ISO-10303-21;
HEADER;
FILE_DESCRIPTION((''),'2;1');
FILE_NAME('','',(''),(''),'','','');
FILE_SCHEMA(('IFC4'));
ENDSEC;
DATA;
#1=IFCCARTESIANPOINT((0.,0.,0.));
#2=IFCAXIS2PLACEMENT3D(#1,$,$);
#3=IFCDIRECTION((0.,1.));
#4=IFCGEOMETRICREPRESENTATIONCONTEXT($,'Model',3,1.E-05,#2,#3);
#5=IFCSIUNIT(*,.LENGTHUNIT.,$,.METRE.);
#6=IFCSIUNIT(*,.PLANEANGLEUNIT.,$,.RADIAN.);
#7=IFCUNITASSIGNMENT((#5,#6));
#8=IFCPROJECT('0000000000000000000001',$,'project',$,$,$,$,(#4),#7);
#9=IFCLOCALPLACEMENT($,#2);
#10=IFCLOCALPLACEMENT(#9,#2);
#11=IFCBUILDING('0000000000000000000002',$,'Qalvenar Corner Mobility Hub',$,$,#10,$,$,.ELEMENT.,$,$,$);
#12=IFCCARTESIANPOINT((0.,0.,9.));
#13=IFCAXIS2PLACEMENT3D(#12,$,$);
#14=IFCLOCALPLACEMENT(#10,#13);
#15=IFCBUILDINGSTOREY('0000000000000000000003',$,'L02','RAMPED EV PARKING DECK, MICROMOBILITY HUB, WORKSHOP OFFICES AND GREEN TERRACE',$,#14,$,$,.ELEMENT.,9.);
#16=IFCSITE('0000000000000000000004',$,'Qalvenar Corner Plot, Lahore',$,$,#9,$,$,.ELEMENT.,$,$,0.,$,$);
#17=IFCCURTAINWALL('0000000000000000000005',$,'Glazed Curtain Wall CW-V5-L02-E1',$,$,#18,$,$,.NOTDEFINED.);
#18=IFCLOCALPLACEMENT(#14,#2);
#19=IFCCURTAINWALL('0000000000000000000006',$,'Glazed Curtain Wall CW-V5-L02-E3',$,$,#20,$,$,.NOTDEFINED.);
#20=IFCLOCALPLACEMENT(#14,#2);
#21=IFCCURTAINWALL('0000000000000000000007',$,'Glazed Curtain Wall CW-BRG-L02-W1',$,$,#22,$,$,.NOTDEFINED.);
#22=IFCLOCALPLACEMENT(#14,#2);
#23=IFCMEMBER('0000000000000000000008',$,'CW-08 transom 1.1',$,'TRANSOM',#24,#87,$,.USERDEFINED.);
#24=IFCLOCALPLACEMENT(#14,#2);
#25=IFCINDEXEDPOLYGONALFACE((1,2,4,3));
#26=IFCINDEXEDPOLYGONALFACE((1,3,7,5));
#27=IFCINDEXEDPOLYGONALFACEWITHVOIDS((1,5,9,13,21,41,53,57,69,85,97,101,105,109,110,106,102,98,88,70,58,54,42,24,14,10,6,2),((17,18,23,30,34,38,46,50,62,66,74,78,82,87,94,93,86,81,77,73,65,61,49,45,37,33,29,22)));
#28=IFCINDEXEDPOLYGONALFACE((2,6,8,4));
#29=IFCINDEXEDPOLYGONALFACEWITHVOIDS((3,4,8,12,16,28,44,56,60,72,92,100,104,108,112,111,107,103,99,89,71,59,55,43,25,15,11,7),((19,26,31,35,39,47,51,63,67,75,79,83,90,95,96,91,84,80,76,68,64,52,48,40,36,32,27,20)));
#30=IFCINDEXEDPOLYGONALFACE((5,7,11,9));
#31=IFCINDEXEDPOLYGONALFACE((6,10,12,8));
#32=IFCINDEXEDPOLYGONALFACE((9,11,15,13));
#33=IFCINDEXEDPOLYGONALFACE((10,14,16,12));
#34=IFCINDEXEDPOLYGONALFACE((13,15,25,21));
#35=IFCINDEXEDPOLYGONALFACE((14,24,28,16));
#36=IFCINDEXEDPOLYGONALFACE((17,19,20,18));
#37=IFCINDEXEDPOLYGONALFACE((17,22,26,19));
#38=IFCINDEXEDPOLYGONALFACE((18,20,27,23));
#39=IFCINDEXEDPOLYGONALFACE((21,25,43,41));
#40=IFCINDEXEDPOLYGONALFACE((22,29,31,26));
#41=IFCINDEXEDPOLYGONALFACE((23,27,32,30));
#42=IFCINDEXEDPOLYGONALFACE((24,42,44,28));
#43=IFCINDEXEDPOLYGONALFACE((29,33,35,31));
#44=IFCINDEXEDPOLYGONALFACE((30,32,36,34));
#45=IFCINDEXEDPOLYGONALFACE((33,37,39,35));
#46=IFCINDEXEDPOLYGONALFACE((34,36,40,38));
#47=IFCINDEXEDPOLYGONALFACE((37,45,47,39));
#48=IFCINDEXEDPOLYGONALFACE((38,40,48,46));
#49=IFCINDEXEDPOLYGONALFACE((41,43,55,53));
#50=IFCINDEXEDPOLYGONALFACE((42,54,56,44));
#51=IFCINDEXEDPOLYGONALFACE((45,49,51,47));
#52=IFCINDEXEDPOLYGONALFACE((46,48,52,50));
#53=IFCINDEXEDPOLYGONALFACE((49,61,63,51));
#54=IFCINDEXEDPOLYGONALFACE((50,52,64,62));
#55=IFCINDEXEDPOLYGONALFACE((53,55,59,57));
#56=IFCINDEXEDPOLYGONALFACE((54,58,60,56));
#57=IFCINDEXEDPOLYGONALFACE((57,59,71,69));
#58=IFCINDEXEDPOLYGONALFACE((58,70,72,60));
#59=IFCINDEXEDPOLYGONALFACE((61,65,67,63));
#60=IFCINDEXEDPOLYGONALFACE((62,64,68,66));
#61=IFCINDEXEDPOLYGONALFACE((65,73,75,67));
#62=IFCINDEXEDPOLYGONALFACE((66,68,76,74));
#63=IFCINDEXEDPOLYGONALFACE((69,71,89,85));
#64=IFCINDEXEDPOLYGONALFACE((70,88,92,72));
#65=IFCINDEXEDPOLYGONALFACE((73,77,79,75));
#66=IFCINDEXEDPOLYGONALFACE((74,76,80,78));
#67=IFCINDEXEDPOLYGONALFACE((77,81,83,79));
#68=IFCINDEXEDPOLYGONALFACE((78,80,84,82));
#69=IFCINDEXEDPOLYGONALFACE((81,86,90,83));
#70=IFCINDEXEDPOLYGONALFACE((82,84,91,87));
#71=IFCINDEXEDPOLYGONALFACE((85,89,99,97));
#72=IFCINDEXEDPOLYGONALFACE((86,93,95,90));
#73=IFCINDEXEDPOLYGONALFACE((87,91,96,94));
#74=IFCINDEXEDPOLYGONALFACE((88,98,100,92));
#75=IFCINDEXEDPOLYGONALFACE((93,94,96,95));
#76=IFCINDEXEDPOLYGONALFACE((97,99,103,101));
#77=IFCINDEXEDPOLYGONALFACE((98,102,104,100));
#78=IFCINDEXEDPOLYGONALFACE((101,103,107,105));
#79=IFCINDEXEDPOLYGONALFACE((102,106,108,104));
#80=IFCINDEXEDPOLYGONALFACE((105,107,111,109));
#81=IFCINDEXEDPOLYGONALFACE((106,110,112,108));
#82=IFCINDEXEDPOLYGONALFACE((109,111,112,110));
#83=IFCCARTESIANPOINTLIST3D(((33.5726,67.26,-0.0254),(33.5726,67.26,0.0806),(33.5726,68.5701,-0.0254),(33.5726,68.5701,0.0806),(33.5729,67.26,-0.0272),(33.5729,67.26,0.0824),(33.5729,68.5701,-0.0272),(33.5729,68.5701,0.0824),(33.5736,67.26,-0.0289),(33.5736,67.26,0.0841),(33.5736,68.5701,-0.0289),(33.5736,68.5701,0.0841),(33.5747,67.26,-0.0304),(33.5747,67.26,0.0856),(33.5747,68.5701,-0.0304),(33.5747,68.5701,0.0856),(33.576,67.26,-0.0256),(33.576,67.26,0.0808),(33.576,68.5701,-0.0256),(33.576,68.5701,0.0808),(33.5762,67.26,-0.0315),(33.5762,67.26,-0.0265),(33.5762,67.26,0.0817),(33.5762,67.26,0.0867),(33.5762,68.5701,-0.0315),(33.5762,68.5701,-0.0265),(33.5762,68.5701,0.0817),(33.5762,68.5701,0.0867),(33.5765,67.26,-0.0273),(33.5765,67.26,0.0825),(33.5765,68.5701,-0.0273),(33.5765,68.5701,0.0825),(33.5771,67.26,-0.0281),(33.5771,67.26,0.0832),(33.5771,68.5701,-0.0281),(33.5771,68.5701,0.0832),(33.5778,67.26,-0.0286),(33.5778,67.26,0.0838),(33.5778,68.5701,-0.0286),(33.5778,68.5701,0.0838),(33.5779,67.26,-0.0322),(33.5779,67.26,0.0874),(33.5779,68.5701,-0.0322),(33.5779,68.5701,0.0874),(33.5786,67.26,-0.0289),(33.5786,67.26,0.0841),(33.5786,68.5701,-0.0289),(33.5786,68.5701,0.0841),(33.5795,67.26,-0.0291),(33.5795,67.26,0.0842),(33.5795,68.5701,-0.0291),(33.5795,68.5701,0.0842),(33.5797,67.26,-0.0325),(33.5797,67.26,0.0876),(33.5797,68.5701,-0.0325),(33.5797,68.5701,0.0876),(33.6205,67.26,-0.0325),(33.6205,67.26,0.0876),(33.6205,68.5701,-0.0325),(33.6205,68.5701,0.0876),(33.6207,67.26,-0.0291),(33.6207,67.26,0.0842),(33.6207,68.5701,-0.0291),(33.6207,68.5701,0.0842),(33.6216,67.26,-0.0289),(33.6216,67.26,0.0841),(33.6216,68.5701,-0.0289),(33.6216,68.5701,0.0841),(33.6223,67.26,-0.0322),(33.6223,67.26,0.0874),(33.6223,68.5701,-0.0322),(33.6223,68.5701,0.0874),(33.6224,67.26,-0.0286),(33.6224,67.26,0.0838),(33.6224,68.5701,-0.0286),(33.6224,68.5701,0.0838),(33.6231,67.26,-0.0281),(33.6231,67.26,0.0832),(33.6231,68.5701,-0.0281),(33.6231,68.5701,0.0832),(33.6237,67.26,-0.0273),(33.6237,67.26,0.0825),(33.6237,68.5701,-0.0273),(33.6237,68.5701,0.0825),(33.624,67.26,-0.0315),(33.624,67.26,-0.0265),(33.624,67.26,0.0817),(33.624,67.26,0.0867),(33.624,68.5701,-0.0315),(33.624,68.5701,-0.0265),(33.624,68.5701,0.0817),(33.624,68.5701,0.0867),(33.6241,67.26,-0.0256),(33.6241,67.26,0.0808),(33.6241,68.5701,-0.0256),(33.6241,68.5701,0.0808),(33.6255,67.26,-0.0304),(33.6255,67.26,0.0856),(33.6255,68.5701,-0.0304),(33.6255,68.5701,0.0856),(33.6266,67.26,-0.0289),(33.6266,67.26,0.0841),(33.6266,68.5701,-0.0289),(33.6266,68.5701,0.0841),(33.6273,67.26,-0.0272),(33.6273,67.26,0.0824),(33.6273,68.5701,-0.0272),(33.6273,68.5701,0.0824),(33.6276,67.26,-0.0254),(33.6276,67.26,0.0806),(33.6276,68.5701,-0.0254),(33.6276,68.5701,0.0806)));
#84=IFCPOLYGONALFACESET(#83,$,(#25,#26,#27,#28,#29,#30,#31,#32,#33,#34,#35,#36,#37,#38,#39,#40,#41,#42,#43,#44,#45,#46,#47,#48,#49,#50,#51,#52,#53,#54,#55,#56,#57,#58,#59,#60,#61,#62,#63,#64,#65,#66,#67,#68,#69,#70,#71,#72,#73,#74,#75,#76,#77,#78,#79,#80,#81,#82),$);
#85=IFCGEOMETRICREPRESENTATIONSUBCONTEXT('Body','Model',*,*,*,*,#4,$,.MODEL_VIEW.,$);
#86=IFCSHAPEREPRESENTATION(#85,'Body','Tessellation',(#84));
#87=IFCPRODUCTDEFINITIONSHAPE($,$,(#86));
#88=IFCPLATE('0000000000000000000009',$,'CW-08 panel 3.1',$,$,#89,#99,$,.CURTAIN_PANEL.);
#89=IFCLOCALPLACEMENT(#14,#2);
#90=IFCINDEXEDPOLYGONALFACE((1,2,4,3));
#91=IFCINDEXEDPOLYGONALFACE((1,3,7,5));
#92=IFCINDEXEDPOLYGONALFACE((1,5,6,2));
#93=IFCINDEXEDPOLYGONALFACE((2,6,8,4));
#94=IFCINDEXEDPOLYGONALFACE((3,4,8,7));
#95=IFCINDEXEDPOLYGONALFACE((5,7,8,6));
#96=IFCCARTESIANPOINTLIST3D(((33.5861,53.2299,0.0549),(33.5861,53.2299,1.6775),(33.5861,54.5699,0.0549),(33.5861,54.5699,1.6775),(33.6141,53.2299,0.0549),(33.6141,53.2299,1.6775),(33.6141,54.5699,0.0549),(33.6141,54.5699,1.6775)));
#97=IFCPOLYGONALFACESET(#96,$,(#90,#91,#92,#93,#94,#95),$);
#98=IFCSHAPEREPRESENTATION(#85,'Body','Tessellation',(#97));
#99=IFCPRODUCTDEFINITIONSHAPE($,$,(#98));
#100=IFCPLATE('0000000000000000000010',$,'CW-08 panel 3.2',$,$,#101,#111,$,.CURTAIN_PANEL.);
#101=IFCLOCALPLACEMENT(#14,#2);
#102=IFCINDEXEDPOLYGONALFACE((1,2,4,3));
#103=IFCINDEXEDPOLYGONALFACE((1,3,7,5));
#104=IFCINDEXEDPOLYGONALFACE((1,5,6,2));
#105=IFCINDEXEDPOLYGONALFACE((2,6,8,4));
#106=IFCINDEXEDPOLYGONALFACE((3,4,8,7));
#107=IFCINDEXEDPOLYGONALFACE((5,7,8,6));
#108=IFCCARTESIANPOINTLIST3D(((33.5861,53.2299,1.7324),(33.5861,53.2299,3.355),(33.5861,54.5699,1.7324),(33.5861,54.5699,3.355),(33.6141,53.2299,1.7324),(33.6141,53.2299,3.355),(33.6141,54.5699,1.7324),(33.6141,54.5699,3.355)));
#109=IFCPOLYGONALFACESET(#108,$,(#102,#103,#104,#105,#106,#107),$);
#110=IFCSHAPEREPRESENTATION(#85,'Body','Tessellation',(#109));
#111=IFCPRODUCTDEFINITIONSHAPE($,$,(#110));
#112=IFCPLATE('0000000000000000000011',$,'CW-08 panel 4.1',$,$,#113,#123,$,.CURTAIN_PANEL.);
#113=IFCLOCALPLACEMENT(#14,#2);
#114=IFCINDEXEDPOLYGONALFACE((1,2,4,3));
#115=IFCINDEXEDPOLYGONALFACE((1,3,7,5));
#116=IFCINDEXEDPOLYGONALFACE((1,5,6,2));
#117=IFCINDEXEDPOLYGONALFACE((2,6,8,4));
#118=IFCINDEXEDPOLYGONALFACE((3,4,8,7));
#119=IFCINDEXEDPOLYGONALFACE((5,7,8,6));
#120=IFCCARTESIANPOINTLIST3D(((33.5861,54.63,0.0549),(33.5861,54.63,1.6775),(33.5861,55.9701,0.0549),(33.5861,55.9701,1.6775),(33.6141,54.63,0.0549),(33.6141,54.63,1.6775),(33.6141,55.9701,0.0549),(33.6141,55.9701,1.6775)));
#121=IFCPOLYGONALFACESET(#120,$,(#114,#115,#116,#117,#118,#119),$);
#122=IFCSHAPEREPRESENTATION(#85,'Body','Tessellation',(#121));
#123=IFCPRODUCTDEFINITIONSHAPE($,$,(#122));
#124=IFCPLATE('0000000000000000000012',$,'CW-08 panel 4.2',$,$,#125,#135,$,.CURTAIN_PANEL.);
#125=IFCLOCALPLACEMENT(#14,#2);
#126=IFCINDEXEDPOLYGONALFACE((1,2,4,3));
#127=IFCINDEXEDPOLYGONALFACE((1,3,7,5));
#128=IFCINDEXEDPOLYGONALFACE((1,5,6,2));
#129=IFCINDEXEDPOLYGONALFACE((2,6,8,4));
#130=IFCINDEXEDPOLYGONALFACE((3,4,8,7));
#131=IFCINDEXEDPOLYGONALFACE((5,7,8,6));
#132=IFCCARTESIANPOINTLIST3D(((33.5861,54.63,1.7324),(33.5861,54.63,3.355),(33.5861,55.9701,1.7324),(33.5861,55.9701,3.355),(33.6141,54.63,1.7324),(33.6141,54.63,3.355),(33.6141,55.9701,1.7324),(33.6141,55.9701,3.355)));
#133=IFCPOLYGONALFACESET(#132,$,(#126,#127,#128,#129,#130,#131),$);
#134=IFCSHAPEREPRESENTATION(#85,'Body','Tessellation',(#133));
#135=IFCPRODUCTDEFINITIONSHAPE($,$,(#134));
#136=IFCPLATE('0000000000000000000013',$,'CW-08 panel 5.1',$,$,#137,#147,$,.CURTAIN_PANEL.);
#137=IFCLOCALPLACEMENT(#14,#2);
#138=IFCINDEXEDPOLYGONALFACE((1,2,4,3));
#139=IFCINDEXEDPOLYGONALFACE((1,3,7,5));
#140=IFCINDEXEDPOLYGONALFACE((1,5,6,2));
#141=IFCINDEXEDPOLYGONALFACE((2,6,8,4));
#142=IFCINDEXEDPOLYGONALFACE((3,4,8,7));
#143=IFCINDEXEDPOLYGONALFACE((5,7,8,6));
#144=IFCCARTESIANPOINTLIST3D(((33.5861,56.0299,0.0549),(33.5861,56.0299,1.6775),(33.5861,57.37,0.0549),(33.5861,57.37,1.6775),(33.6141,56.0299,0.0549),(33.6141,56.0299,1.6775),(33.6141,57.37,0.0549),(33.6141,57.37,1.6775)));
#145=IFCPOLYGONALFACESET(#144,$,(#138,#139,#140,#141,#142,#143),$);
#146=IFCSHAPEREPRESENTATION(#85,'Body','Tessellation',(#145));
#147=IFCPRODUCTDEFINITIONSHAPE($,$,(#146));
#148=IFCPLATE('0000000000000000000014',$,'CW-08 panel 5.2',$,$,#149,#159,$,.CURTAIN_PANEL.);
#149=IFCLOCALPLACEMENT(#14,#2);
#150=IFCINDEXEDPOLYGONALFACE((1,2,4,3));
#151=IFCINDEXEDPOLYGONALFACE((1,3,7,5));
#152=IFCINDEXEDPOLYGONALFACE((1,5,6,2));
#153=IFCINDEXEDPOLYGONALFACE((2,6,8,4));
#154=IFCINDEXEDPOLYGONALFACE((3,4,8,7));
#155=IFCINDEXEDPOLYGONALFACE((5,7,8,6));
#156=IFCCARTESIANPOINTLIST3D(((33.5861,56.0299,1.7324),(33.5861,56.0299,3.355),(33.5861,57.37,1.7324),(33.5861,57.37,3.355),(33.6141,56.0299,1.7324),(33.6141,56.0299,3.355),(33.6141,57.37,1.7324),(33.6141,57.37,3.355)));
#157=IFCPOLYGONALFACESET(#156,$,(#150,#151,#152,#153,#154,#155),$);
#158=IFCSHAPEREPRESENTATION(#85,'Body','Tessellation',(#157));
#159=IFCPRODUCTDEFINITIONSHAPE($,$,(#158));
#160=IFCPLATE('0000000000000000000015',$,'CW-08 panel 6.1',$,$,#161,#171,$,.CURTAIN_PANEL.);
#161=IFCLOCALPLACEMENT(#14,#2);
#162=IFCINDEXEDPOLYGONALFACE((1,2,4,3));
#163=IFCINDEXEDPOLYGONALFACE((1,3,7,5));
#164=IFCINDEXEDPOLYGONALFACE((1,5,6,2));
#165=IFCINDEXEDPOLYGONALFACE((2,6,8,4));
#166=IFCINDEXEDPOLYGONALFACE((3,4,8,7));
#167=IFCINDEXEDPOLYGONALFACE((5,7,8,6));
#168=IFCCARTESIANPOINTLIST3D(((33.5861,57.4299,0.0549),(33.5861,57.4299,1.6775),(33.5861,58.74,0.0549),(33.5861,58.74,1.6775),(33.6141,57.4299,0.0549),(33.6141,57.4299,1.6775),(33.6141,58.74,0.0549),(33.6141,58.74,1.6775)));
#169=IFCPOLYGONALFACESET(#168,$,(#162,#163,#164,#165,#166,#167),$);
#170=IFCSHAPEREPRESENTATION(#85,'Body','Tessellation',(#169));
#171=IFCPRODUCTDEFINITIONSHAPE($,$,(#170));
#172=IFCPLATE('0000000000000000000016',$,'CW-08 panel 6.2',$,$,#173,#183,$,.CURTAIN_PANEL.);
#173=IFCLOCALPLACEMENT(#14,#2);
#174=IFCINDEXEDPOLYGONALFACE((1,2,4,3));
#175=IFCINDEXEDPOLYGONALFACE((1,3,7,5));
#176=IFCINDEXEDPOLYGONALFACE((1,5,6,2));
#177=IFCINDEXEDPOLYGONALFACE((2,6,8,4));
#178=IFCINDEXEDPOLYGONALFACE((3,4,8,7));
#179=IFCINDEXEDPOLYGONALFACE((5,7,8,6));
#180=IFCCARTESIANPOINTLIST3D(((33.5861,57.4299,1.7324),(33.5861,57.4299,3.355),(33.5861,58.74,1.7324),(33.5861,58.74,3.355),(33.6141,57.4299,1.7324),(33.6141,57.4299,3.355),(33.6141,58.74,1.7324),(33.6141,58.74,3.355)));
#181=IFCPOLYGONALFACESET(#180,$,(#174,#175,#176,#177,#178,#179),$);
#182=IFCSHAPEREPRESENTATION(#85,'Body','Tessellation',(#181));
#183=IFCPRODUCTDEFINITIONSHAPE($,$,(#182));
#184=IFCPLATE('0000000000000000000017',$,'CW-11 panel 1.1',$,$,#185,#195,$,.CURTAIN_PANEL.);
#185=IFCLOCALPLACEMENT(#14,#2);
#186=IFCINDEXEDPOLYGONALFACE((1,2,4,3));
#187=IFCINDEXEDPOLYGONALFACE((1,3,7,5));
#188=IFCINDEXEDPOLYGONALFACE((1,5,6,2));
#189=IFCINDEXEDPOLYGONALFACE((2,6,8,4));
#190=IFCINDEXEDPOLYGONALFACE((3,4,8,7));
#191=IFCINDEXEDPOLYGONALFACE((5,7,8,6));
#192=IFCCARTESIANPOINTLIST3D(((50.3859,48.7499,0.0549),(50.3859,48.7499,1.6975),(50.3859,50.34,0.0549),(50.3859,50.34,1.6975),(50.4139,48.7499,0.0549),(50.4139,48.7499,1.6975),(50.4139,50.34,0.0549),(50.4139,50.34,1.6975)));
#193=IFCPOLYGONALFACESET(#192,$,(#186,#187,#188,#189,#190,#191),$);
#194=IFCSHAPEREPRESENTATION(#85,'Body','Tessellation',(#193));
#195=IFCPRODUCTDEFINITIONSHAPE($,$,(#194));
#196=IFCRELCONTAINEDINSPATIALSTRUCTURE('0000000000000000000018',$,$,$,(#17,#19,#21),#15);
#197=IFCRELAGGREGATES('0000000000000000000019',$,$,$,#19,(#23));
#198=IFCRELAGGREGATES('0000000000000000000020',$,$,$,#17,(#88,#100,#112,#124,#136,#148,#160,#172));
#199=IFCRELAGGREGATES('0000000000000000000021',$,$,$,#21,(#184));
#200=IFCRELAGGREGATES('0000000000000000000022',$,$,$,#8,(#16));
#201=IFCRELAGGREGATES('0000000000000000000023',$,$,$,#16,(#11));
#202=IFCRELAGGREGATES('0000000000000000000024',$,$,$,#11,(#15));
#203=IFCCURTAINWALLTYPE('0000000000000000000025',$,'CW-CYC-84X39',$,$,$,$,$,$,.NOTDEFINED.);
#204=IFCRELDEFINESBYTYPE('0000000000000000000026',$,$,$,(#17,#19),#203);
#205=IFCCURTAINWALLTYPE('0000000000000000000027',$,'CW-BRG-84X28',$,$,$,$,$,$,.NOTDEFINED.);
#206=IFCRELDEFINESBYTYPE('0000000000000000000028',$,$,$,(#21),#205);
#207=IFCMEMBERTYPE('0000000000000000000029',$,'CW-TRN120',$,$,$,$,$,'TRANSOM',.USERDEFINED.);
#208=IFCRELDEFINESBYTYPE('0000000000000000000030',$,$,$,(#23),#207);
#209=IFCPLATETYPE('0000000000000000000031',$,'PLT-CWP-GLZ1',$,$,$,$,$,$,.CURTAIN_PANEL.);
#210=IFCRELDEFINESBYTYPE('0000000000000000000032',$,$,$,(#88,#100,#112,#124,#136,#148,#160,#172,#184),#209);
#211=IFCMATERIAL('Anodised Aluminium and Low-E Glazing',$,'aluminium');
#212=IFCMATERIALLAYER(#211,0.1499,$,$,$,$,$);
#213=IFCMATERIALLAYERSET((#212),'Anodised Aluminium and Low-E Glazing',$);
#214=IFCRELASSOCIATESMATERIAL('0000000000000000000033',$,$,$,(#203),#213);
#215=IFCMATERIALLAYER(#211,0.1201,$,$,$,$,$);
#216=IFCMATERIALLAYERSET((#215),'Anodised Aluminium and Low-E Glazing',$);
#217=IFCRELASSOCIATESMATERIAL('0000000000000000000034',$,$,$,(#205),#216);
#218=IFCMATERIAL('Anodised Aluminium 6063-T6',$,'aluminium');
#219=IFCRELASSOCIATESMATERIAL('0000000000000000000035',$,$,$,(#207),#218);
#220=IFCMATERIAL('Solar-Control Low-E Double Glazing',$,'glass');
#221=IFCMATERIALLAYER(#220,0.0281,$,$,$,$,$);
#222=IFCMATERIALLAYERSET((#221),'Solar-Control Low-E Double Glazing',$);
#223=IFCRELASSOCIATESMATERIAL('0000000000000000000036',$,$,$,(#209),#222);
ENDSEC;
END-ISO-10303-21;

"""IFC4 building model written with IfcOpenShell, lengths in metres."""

from ifc_helpers import new_model, si_unit, direction, frame, origin, origin_2d, place, context, subcontext, project, spatial, rectangle, hollow_rectangle, extrude, material, layer, layer_set, material_profile, profile_set, type_object, element, aggregate, save


model = new_model("IFC4")

# Units and contexts
model_context = context("Model", 3, precision=1e-05, world=origin(), true_north=direction((0.0, 1.0)))
body_context = subcontext(model_context, "Body", "Model", "MODEL_VIEW")
ifc_project = project(units=[si_unit("LENGTHUNIT", "METRE"), si_unit("PLANEANGLEUNIT", "RADIAN")], contexts=[model_context])

# Site, building, storey
site_placement = place(None, origin())
site = spatial("IfcSite", under=ifc_project, at=site_placement, Name="Qalvenar Corner Plot, Lahore", CompositionType="ELEMENT", RefElevation=0.0)
building_placement = place(site_placement, origin())
building = spatial("IfcBuilding", under=site, at=building_placement, Name="Qalvenar Corner Mobility Hub", CompositionType="ELEMENT")
storey_placement = place(building_placement, frame((0.0, 0.0, 9.0)))
storey = spatial("IfcBuildingStorey", under=building, at=storey_placement, Name="L02", Description="RAMPED EV PARKING DECK, MICROMOBILITY HUB, WORKSHOP OFFICES AND GREEN TERRACE", CompositionType="ELEMENT", Elevation=9.0)

# Curtain wall
ifc_material_1 = material(Name="Anodised Aluminium and Low-E Glazing", Category="aluminium")
ifc_layer_1 = layer(ifc_material_1, 0.1499)
ifc_layer_set_1 = layer_set([ifc_layer_1], Name="Anodised Aluminium and Low-E Glazing")
curtain_wall_type_1 = type_object("IfcCurtainWallType", Name="CW-CYC-84X39", PredefinedType="NOTDEFINED", material=ifc_layer_set_1)
curtain_wall_1_placement = place(storey_placement, origin())
curtain_wall_1 = element("IfcCurtainWall", 1, at=curtain_wall_1_placement, inside=storey, type_object=curtain_wall_type_1, Name="Glazed Curtain Wall CW-V5-L02-E1", PredefinedType="NOTDEFINED")
ifc_material_2 = material(Name="Anodised Aluminium 6063-T6", Category="aluminium")

# Curtain walls
curtain_wall_2_placement = place(storey_placement, origin())
curtain_wall_2 = element("IfcCurtainWall", 2, at=curtain_wall_2_placement, inside=storey, type_object=curtain_wall_type_1, Name="Glazed Curtain Wall CW-V5-L02-E3", PredefinedType="NOTDEFINED")
ifc_layer_2 = layer(ifc_material_1, 0.1201)
ifc_layer_set_2 = layer_set([ifc_layer_2], Name="Anodised Aluminium and Low-E Glazing")
curtain_wall_type_2 = type_object("IfcCurtainWallType", Name="CW-BRG-84X28", PredefinedType="NOTDEFINED", material=ifc_layer_set_2)
curtain_wall_3_placement = place(storey_placement, origin())
curtain_wall_3 = element("IfcCurtainWall", 3, at=curtain_wall_3_placement, inside=storey, type_object=curtain_wall_type_2, Name="Glazed Curtain Wall CW-BRG-L02-W1", PredefinedType="NOTDEFINED")

# Member
ifc_material_profile_1 = material_profile(ifc_material_2, hollow_rectangle(XDim=0.0549, YDim=0.1201, WallThickness=0.0034, InnerFilletRadius=0.0034, OuterFilletRadius=0.0071, at=origin_2d()), Name="RHS120x55x3.5")
ifc_profile_set_1 = profile_set([ifc_material_profile_1], Name="Anodised Aluminium 6063-T6")
member_type_1 = type_object("IfcMemberType", Name="CW-TRN120", ElementType="TRANSOM", PredefinedType="USERDEFINED", material=ifc_profile_set_1)
member_1_placement = place(storey_placement, frame((33.6001, 67.26, 0.0276), z_axis=(0.0, 1.0, 0.0), x_axis=(-1.0, 0.0, 0.0)))
member_1 = element("IfcMember", 4, at=member_1_placement, type_object=member_type_1, Name="CW-08 transom 1.1", ObjectType="TRANSOM", PredefinedType="USERDEFINED", context=body_context, shape_type="SweptSolid", body=[
    extrude(hollow_rectangle(XDim=0.0549, YDim=0.1201, WallThickness=0.0034, InnerFilletRadius=0.0034, OuterFilletRadius=0.0071, at=origin_2d()), origin(), (0.0, 0.0, 1.0), 1.3101),
])
aggregate(curtain_wall_2, [member_1])

# Plates
ifc_material_3 = material(Name="Solar-Control Low-E Double Glazing", Category="glass")
ifc_layer_3 = layer(ifc_material_3, 0.0281)
ifc_layer_set_3 = layer_set([ifc_layer_3], Name="Solar-Control Low-E Double Glazing")
plate_type = type_object("IfcPlateType", Name="PLT-CWP-GLZ1", PredefinedType="CURTAIN_PANEL", material=ifc_layer_set_3)
plate_1_placement = place(storey_placement, frame((33.6001, 53.8999, 0.0549), z_axis=(0.0, 0.0, 1.0), x_axis=(0.0, 1.0, 0.0)))
plate_1 = element("IfcPlate", 5, at=plate_1_placement, type_object=plate_type, Name="CW-08 panel 3.1", PredefinedType="CURTAIN_PANEL", context=body_context, shape_type="SweptSolid", body=[
    extrude(rectangle(XDim=1.3401, YDim=0.0281, at=origin_2d()), origin(), (0.0, 0.0, 1.0), 1.6226),
])
plate_2_placement = place(storey_placement, frame((33.6001, 53.8999, 1.7324), z_axis=(0.0, 0.0, 1.0), x_axis=(0.0, 1.0, 0.0)))
plate_2 = element("IfcPlate", 6, at=plate_2_placement, type_object=plate_type, Name="CW-08 panel 3.2", PredefinedType="CURTAIN_PANEL", context=body_context, shape_type="SweptSolid", body=[
    extrude(rectangle(XDim=1.3401, YDim=0.0281, at=origin_2d()), origin(), (0.0, 0.0, 1.0), 1.6226),
])
plate_3_placement = place(storey_placement, frame((33.6001, 55.3, 0.0549), z_axis=(0.0, 0.0, 1.0), x_axis=(0.0, 1.0, 0.0)))
plate_3 = element("IfcPlate", 7, at=plate_3_placement, type_object=plate_type, Name="CW-08 panel 4.1", PredefinedType="CURTAIN_PANEL", context=body_context, shape_type="SweptSolid", body=[
    extrude(rectangle(XDim=1.3401, YDim=0.0281, at=origin_2d()), origin(), (0.0, 0.0, 1.0), 1.6226),
])
plate_4_placement = place(storey_placement, frame((33.6001, 55.3, 1.7324), z_axis=(0.0, 0.0, 1.0), x_axis=(0.0, 1.0, 0.0)))
plate_4 = element("IfcPlate", 8, at=plate_4_placement, type_object=plate_type, Name="CW-08 panel 4.2", PredefinedType="CURTAIN_PANEL", context=body_context, shape_type="SweptSolid", body=[
    extrude(rectangle(XDim=1.3401, YDim=0.0281, at=origin_2d()), origin(), (0.0, 0.0, 1.0), 1.6226),
])
plate_5_placement = place(storey_placement, frame((33.6001, 56.7, 0.0549), z_axis=(0.0, 0.0, 1.0), x_axis=(0.0, 1.0, 0.0)))
plate_5 = element("IfcPlate", 9, at=plate_5_placement, type_object=plate_type, Name="CW-08 panel 5.1", PredefinedType="CURTAIN_PANEL", context=body_context, shape_type="SweptSolid", body=[
    extrude(rectangle(XDim=1.3401, YDim=0.0281, at=origin_2d()), origin(), (0.0, 0.0, 1.0), 1.6226),
])
plate_6_placement = place(storey_placement, frame((33.6001, 56.7, 1.7324), z_axis=(0.0, 0.0, 1.0), x_axis=(0.0, 1.0, 0.0)))
plate_6 = element("IfcPlate", 10, at=plate_6_placement, type_object=plate_type, Name="CW-08 panel 5.2", PredefinedType="CURTAIN_PANEL", context=body_context, shape_type="SweptSolid", body=[
    extrude(rectangle(XDim=1.3401, YDim=0.0281, at=origin_2d()), origin(), (0.0, 0.0, 1.0), 1.6226),
])
plate_7_placement = place(storey_placement, frame((33.6001, 58.085, 0.0549), z_axis=(0.0, 0.0, 1.0), x_axis=(0.0, 1.0, 0.0)))
plate_7 = element("IfcPlate", 11, at=plate_7_placement, type_object=plate_type, Name="CW-08 panel 6.1", PredefinedType="CURTAIN_PANEL", context=body_context, shape_type="SweptSolid", body=[
    extrude(rectangle(XDim=1.3101, YDim=0.0281, at=origin_2d()), origin(), (0.0, 0.0, 1.0), 1.6226),
])
plate_8_placement = place(storey_placement, frame((33.6001, 58.085, 1.7324), z_axis=(0.0, 0.0, 1.0), x_axis=(0.0, 1.0, 0.0)))
plate_8 = element("IfcPlate", 12, at=plate_8_placement, type_object=plate_type, Name="CW-08 panel 6.2", PredefinedType="CURTAIN_PANEL", context=body_context, shape_type="SweptSolid", body=[
    extrude(rectangle(XDim=1.3101, YDim=0.0281, at=origin_2d()), origin(), (0.0, 0.0, 1.0), 1.6226),
])
aggregate(curtain_wall_1, [plate_1, plate_2, plate_3, plate_4, plate_5, plate_6, plate_7, plate_8])
plate_9_placement = place(storey_placement, frame((50.3999, 49.5449, 0.0549), z_axis=(0.0, 0.0, 1.0), x_axis=(0.0, -1.0, 0.0)))
plate_9 = element("IfcPlate", 13, at=plate_9_placement, type_object=plate_type, Name="CW-11 panel 1.1", PredefinedType="CURTAIN_PANEL", context=body_context, shape_type="SweptSolid", body=[
    extrude(rectangle(XDim=1.5901, YDim=0.0281, at=origin_2d()), origin(), (0.0, 0.0, 1.0), 1.6426),
])
aggregate(curtain_wall_3, [plate_9])

save(model, "model.ifc")
